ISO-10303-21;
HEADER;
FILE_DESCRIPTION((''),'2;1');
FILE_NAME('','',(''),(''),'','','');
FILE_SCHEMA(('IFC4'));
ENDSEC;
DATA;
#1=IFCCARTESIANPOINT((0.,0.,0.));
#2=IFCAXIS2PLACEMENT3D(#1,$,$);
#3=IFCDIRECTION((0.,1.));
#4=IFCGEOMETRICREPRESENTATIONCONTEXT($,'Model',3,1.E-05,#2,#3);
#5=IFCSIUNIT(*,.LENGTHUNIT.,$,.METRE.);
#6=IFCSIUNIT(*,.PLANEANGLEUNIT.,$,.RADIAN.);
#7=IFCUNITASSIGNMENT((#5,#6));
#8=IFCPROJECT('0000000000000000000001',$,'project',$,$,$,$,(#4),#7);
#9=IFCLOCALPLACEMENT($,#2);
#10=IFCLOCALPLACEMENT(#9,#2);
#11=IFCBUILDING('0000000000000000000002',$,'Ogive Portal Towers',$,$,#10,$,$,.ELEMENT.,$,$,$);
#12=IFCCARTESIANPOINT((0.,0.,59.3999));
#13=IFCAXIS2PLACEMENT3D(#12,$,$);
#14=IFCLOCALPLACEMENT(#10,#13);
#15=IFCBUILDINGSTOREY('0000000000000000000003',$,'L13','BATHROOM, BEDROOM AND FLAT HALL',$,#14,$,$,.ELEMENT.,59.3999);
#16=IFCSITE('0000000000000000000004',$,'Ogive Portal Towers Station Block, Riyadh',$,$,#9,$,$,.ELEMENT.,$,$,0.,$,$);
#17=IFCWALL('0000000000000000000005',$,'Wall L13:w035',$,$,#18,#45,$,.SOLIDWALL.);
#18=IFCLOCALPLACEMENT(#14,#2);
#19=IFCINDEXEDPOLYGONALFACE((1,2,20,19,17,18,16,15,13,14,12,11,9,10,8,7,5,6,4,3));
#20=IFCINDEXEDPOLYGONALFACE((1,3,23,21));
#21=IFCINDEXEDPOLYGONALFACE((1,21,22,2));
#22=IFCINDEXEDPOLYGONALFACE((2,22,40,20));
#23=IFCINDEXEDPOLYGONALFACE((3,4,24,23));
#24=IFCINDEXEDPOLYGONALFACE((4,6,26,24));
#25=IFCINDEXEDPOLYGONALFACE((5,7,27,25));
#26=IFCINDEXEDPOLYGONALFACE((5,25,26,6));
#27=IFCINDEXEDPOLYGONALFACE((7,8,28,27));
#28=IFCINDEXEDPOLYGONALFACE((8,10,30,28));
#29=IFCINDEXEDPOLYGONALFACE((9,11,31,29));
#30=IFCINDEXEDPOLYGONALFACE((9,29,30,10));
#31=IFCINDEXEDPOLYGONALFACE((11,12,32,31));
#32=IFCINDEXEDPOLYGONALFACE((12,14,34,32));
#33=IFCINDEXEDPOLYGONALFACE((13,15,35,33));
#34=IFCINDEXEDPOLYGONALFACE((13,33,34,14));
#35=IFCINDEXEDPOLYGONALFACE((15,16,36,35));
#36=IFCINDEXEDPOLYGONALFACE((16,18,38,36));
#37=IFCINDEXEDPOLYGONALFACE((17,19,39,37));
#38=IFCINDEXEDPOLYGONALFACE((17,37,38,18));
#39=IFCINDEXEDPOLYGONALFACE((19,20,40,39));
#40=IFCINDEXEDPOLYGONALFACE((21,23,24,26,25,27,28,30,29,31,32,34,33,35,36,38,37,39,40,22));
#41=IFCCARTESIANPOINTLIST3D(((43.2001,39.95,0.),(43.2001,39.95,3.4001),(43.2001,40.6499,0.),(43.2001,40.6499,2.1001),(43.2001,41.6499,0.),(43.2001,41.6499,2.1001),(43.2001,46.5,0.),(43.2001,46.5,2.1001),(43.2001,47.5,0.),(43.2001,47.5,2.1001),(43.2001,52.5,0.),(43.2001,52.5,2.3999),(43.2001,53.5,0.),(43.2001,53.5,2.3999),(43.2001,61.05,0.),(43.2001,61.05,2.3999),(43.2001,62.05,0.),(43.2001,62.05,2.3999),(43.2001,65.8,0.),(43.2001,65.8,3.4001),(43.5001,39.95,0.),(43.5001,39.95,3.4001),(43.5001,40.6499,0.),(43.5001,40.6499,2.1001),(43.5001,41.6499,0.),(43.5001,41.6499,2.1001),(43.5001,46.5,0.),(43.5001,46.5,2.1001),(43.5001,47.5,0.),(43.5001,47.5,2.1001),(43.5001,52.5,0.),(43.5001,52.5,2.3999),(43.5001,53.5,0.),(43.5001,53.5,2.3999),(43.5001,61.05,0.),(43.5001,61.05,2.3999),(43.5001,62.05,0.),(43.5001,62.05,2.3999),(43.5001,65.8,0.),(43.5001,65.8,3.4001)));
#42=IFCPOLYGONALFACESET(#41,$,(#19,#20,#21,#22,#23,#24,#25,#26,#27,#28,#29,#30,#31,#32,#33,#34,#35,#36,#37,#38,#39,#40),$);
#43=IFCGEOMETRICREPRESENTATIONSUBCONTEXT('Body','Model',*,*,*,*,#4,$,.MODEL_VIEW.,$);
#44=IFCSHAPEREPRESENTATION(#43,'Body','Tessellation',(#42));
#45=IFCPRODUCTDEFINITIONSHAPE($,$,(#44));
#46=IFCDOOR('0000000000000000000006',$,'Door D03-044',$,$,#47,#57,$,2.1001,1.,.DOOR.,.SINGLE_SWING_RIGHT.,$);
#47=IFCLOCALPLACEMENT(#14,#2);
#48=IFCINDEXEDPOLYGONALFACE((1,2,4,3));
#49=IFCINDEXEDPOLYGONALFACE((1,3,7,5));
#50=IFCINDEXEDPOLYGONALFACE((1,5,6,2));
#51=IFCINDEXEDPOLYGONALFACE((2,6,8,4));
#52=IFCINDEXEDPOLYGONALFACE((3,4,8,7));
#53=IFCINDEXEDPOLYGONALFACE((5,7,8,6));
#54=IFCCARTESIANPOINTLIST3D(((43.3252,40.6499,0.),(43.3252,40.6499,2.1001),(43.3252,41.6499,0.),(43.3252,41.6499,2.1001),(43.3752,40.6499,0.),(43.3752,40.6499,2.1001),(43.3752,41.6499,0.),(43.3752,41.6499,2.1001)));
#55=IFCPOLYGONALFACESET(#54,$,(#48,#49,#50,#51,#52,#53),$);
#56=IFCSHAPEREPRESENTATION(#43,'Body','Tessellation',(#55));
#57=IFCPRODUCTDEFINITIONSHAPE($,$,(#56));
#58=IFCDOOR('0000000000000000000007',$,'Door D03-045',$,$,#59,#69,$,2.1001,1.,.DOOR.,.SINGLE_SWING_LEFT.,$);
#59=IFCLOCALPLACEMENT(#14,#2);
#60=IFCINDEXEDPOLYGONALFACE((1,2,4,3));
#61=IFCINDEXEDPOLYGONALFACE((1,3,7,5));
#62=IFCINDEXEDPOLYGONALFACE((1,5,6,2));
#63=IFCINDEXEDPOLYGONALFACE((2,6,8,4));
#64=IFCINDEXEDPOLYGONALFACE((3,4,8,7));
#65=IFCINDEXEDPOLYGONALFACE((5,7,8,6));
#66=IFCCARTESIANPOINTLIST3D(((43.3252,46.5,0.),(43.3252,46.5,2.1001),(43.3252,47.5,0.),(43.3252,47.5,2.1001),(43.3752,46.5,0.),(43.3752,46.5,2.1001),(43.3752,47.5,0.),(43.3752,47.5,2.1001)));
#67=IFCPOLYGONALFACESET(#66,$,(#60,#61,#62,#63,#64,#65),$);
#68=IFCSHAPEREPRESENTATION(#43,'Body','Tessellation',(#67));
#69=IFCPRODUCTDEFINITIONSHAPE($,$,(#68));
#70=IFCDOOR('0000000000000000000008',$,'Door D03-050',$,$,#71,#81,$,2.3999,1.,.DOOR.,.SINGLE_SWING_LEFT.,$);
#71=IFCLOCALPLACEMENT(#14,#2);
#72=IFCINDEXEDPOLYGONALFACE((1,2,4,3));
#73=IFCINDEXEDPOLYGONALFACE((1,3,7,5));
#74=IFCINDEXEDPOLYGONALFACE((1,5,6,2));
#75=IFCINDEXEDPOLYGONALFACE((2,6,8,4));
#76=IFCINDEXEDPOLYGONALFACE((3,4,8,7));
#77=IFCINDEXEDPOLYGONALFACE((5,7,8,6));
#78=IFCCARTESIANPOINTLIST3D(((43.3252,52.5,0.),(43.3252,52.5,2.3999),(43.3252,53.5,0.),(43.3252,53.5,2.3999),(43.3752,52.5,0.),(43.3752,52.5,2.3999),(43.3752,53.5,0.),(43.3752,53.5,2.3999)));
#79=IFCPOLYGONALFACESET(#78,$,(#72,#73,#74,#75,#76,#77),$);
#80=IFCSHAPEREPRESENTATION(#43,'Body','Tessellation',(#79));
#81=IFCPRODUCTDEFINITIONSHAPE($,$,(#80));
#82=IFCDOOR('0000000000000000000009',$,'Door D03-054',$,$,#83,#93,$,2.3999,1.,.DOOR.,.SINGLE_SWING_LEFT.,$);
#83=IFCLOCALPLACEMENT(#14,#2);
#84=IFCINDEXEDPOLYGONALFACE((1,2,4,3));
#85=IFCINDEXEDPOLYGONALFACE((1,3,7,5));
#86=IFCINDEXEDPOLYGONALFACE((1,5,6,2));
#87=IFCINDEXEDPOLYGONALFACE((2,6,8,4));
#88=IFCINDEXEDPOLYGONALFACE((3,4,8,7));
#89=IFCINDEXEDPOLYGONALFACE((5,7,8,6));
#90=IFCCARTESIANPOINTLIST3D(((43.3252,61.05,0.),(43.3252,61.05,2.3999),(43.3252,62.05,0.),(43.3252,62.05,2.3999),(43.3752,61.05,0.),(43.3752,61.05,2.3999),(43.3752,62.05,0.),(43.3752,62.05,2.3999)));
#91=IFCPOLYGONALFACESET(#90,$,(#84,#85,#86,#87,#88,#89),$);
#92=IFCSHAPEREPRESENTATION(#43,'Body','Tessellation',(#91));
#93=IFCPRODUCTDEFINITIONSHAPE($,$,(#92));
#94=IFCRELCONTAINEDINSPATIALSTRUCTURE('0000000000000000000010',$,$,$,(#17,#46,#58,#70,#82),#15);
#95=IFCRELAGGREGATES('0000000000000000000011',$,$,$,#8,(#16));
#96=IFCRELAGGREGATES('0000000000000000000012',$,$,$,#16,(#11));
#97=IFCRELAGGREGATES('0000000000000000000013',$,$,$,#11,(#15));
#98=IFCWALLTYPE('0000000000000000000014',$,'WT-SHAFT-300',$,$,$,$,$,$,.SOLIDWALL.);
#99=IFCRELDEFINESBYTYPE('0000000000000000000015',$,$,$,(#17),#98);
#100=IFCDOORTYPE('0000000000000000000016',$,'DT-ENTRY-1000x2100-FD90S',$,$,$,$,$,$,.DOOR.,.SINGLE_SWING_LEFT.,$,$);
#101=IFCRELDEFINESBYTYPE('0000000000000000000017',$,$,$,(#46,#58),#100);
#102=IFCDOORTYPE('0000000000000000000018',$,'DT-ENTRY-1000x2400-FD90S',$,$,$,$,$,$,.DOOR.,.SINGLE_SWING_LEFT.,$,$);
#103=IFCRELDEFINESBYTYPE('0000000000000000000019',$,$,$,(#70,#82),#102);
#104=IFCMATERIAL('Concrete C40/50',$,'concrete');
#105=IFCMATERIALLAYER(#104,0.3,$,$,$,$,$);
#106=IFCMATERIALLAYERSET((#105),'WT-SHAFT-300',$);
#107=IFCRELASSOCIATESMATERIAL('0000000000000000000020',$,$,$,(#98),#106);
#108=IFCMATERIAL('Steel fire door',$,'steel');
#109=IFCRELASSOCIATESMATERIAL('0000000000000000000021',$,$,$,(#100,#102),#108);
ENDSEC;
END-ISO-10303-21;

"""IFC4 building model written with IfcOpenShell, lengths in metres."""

from ifc_helpers import new_model, si_unit, direction, frame, frame_2d, origin, place, context, subcontext, project, spatial, rectangle, extrude, material, layer, layer_set, type_object, element, fill, save


model = new_model("IFC4")

# Units and contexts
model_context = context("Model", 3, precision=1e-05, world=origin(), true_north=direction((0.0, 1.0)))
body_context = subcontext(model_context, "Body", "Model", "MODEL_VIEW")
ifc_project = project(units=[si_unit("LENGTHUNIT", "METRE"), si_unit("PLANEANGLEUNIT", "RADIAN")], contexts=[model_context])

# Site, building, storey
site_placement = place(None, origin())
site = spatial("IfcSite", under=ifc_project, at=site_placement, Name="Ogive Portal Towers Station Block, Riyadh", CompositionType="ELEMENT", RefElevation=0.0)
building_placement = place(site_placement, origin())
building = spatial("IfcBuilding", under=site, at=building_placement, Name="Ogive Portal Towers", CompositionType="ELEMENT")
storey_placement = place(building_placement, frame((0.0, 0.0, 59.3999)))
storey = spatial("IfcBuildingStorey", under=building, at=storey_placement, Name="L13", Description="BATHROOM, BEDROOM AND FLAT HALL", CompositionType="ELEMENT", Elevation=59.3999)

# Shared definitions
ifc_material_1 = material(Name="Concrete C40/50", Category="concrete")

# Shared definitions
ifc_material_2 = material(Name="Steel fire door", Category="steel")

# Shared definitions
ifc_layer_1 = layer(ifc_material_1, 0.3)
ifc_layer_set_1 = layer_set([ifc_layer_1], Name="WT-SHAFT-300")
wall_type_1 = type_object("IfcWallType", Name="WT-SHAFT-300", PredefinedType="SOLIDWALL", material=ifc_layer_set_1)

# Wall, openings, doors
wall_1_placement = place(storey_placement, frame((43.3501, 39.95, 0.0), z_axis=(0.0, 0.0, 1.0), x_axis=(0.0, 1.0, 0.0)))
wall_1 = element("IfcWall", 1, at=wall_1_placement, inside=storey, type_object=wall_type_1, Name="Wall L13:w035", PredefinedType="SOLIDWALL", context=body_context, shape_type="SweptSolid", body=[
    extrude(rectangle(XDim=25.8501, YDim=0.3, at=frame_2d((12.925, 0.0))), origin(), (0.0, 0.0, 1.0), 3.4001),
])
opening_1_placement = place(wall_1_placement, frame((0.7, 0.0, 0.0)))
opening_1 = element("IfcOpeningElement", 2, at=opening_1_placement, cuts=wall_1, PredefinedType="OPENING", context=body_context, shape_type="SweptSolid", body=[
    extrude(rectangle(XDim=1.0, YDim=2.1001, at=frame_2d((0.5, 1.05))), frame((0.0, 0.1602, 0.0), z_axis=(0.0, -1.0, 0.0), x_axis=(1.0, 0.0, 0.0)), (0.0, 0.0, 1.0), 0.3201),
])
opening_2_placement = place(wall_1_placement, frame((6.55, 0.0, 0.0)))
opening_2 = element("IfcOpeningElement", 3, at=opening_2_placement, cuts=wall_1, PredefinedType="OPENING", context=body_context, shape_type="SweptSolid", body=[
    extrude(rectangle(XDim=1.0, YDim=2.1001, at=frame_2d((0.5, 1.05))), frame((0.0, 0.1602, 0.0), z_axis=(0.0, -1.0, 0.0), x_axis=(1.0, 0.0, 0.0)), (0.0, 0.0, 1.0), 0.3201),
])
opening_3_placement = place(wall_1_placement, frame((12.55, 0.0, 0.0)))
opening_3 = element("IfcOpeningElement", 4, at=opening_3_placement, cuts=wall_1, PredefinedType="OPENING", context=body_context, shape_type="SweptSolid", body=[
    extrude(rectangle(XDim=1.0, YDim=2.3999, at=frame_2d((0.5, 1.2))), frame((0.0, 0.1602, 0.0), z_axis=(0.0, -1.0, 0.0), x_axis=(1.0, 0.0, 0.0)), (0.0, 0.0, 1.0), 0.3201),
])
opening_4_placement = place(wall_1_placement, frame((21.1001, 0.0, 0.0)))
opening_4 = element("IfcOpeningElement", 5, at=opening_4_placement, cuts=wall_1, PredefinedType="OPENING", context=body_context, shape_type="SweptSolid", body=[
    extrude(rectangle(XDim=1.0, YDim=2.3999, at=frame_2d((0.5, 1.2))), frame((0.0, 0.1602, 0.0), z_axis=(0.0, -1.0, 0.0), x_axis=(1.0, 0.0, 0.0)), (0.0, 0.0, 1.0), 0.3201),
])
door_type_1 = type_object("IfcDoorType", Name="DT-ENTRY-1000x2100-FD90S", OperationType="SINGLE_SWING_LEFT", PredefinedType="DOOR", material=ifc_material_2)
door_1_placement = place(opening_1_placement, origin())
door_1 = element("IfcDoor", 6, at=door_1_placement, inside=storey, type_object=door_type_1, Name="Door D03-044", OperationType="SINGLE_SWING_RIGHT", OverallHeight=2.1001, OverallWidth=1.0, PredefinedType="DOOR", context=body_context, shape_type="SweptSolid", body=[
    extrude(rectangle(XDim=1.0, YDim=2.1001, at=frame_2d((0.5, 1.05))), frame((0.0, 0.0249, 0.0), z_axis=(0.0, -1.0, 0.0), x_axis=(1.0, 0.0, 0.0)), (0.0, 0.0, 1.0), 0.05),
])
fill(opening_1, door_1)
door_2_placement = place(opening_2_placement, origin())
door_2 = element("IfcDoor", 7, at=door_2_placement, inside=storey, type_object=door_type_1, Name="Door D03-045", OperationType="SINGLE_SWING_LEFT", OverallHeight=2.1001, OverallWidth=1.0, PredefinedType="DOOR", context=body_context, shape_type="SweptSolid", body=[
    extrude(rectangle(XDim=1.0, YDim=2.1001, at=frame_2d((0.5, 1.05))), frame((0.0, 0.0249, 0.0), z_axis=(0.0, -1.0, 0.0), x_axis=(1.0, 0.0, 0.0)), (0.0, 0.0, 1.0), 0.05),
])
fill(opening_2, door_2)
door_type_2 = type_object("IfcDoorType", Name="DT-ENTRY-1000x2400-FD90S", OperationType="SINGLE_SWING_LEFT", PredefinedType="DOOR", material=ifc_material_2)
door_3_placement = place(opening_3_placement, origin())
door_3 = element("IfcDoor", 8, at=door_3_placement, inside=storey, type_object=door_type_2, Name="Door D03-050", OperationType="SINGLE_SWING_LEFT", OverallHeight=2.3999, OverallWidth=1.0, PredefinedType="DOOR", context=body_context, shape_type="SweptSolid", body=[
    extrude(rectangle(XDim=1.0, YDim=2.3999, at=frame_2d((0.5, 1.2))), frame((0.0, 0.0249, 0.0), z_axis=(0.0, -1.0, 0.0), x_axis=(1.0, 0.0, 0.0)), (0.0, 0.0, 1.0), 0.05),
])
fill(opening_3, door_3)
door_4_placement = place(opening_4_placement, origin())
door_4 = element("IfcDoor", 9, at=door_4_placement, inside=storey, type_object=door_type_2, Name="Door D03-054", OperationType="SINGLE_SWING_LEFT", OverallHeight=2.3999, OverallWidth=1.0, PredefinedType="DOOR", context=body_context, shape_type="SweptSolid", body=[
    extrude(rectangle(XDim=1.0, YDim=2.3999, at=frame_2d((0.5, 1.2))), frame((0.0, 0.0249, 0.0), z_axis=(0.0, -1.0, 0.0), x_axis=(1.0, 0.0, 0.0)), (0.0, 0.0, 1.0), 0.05),
])
fill(opening_4, door_4)

save(model, "model.ifc")
